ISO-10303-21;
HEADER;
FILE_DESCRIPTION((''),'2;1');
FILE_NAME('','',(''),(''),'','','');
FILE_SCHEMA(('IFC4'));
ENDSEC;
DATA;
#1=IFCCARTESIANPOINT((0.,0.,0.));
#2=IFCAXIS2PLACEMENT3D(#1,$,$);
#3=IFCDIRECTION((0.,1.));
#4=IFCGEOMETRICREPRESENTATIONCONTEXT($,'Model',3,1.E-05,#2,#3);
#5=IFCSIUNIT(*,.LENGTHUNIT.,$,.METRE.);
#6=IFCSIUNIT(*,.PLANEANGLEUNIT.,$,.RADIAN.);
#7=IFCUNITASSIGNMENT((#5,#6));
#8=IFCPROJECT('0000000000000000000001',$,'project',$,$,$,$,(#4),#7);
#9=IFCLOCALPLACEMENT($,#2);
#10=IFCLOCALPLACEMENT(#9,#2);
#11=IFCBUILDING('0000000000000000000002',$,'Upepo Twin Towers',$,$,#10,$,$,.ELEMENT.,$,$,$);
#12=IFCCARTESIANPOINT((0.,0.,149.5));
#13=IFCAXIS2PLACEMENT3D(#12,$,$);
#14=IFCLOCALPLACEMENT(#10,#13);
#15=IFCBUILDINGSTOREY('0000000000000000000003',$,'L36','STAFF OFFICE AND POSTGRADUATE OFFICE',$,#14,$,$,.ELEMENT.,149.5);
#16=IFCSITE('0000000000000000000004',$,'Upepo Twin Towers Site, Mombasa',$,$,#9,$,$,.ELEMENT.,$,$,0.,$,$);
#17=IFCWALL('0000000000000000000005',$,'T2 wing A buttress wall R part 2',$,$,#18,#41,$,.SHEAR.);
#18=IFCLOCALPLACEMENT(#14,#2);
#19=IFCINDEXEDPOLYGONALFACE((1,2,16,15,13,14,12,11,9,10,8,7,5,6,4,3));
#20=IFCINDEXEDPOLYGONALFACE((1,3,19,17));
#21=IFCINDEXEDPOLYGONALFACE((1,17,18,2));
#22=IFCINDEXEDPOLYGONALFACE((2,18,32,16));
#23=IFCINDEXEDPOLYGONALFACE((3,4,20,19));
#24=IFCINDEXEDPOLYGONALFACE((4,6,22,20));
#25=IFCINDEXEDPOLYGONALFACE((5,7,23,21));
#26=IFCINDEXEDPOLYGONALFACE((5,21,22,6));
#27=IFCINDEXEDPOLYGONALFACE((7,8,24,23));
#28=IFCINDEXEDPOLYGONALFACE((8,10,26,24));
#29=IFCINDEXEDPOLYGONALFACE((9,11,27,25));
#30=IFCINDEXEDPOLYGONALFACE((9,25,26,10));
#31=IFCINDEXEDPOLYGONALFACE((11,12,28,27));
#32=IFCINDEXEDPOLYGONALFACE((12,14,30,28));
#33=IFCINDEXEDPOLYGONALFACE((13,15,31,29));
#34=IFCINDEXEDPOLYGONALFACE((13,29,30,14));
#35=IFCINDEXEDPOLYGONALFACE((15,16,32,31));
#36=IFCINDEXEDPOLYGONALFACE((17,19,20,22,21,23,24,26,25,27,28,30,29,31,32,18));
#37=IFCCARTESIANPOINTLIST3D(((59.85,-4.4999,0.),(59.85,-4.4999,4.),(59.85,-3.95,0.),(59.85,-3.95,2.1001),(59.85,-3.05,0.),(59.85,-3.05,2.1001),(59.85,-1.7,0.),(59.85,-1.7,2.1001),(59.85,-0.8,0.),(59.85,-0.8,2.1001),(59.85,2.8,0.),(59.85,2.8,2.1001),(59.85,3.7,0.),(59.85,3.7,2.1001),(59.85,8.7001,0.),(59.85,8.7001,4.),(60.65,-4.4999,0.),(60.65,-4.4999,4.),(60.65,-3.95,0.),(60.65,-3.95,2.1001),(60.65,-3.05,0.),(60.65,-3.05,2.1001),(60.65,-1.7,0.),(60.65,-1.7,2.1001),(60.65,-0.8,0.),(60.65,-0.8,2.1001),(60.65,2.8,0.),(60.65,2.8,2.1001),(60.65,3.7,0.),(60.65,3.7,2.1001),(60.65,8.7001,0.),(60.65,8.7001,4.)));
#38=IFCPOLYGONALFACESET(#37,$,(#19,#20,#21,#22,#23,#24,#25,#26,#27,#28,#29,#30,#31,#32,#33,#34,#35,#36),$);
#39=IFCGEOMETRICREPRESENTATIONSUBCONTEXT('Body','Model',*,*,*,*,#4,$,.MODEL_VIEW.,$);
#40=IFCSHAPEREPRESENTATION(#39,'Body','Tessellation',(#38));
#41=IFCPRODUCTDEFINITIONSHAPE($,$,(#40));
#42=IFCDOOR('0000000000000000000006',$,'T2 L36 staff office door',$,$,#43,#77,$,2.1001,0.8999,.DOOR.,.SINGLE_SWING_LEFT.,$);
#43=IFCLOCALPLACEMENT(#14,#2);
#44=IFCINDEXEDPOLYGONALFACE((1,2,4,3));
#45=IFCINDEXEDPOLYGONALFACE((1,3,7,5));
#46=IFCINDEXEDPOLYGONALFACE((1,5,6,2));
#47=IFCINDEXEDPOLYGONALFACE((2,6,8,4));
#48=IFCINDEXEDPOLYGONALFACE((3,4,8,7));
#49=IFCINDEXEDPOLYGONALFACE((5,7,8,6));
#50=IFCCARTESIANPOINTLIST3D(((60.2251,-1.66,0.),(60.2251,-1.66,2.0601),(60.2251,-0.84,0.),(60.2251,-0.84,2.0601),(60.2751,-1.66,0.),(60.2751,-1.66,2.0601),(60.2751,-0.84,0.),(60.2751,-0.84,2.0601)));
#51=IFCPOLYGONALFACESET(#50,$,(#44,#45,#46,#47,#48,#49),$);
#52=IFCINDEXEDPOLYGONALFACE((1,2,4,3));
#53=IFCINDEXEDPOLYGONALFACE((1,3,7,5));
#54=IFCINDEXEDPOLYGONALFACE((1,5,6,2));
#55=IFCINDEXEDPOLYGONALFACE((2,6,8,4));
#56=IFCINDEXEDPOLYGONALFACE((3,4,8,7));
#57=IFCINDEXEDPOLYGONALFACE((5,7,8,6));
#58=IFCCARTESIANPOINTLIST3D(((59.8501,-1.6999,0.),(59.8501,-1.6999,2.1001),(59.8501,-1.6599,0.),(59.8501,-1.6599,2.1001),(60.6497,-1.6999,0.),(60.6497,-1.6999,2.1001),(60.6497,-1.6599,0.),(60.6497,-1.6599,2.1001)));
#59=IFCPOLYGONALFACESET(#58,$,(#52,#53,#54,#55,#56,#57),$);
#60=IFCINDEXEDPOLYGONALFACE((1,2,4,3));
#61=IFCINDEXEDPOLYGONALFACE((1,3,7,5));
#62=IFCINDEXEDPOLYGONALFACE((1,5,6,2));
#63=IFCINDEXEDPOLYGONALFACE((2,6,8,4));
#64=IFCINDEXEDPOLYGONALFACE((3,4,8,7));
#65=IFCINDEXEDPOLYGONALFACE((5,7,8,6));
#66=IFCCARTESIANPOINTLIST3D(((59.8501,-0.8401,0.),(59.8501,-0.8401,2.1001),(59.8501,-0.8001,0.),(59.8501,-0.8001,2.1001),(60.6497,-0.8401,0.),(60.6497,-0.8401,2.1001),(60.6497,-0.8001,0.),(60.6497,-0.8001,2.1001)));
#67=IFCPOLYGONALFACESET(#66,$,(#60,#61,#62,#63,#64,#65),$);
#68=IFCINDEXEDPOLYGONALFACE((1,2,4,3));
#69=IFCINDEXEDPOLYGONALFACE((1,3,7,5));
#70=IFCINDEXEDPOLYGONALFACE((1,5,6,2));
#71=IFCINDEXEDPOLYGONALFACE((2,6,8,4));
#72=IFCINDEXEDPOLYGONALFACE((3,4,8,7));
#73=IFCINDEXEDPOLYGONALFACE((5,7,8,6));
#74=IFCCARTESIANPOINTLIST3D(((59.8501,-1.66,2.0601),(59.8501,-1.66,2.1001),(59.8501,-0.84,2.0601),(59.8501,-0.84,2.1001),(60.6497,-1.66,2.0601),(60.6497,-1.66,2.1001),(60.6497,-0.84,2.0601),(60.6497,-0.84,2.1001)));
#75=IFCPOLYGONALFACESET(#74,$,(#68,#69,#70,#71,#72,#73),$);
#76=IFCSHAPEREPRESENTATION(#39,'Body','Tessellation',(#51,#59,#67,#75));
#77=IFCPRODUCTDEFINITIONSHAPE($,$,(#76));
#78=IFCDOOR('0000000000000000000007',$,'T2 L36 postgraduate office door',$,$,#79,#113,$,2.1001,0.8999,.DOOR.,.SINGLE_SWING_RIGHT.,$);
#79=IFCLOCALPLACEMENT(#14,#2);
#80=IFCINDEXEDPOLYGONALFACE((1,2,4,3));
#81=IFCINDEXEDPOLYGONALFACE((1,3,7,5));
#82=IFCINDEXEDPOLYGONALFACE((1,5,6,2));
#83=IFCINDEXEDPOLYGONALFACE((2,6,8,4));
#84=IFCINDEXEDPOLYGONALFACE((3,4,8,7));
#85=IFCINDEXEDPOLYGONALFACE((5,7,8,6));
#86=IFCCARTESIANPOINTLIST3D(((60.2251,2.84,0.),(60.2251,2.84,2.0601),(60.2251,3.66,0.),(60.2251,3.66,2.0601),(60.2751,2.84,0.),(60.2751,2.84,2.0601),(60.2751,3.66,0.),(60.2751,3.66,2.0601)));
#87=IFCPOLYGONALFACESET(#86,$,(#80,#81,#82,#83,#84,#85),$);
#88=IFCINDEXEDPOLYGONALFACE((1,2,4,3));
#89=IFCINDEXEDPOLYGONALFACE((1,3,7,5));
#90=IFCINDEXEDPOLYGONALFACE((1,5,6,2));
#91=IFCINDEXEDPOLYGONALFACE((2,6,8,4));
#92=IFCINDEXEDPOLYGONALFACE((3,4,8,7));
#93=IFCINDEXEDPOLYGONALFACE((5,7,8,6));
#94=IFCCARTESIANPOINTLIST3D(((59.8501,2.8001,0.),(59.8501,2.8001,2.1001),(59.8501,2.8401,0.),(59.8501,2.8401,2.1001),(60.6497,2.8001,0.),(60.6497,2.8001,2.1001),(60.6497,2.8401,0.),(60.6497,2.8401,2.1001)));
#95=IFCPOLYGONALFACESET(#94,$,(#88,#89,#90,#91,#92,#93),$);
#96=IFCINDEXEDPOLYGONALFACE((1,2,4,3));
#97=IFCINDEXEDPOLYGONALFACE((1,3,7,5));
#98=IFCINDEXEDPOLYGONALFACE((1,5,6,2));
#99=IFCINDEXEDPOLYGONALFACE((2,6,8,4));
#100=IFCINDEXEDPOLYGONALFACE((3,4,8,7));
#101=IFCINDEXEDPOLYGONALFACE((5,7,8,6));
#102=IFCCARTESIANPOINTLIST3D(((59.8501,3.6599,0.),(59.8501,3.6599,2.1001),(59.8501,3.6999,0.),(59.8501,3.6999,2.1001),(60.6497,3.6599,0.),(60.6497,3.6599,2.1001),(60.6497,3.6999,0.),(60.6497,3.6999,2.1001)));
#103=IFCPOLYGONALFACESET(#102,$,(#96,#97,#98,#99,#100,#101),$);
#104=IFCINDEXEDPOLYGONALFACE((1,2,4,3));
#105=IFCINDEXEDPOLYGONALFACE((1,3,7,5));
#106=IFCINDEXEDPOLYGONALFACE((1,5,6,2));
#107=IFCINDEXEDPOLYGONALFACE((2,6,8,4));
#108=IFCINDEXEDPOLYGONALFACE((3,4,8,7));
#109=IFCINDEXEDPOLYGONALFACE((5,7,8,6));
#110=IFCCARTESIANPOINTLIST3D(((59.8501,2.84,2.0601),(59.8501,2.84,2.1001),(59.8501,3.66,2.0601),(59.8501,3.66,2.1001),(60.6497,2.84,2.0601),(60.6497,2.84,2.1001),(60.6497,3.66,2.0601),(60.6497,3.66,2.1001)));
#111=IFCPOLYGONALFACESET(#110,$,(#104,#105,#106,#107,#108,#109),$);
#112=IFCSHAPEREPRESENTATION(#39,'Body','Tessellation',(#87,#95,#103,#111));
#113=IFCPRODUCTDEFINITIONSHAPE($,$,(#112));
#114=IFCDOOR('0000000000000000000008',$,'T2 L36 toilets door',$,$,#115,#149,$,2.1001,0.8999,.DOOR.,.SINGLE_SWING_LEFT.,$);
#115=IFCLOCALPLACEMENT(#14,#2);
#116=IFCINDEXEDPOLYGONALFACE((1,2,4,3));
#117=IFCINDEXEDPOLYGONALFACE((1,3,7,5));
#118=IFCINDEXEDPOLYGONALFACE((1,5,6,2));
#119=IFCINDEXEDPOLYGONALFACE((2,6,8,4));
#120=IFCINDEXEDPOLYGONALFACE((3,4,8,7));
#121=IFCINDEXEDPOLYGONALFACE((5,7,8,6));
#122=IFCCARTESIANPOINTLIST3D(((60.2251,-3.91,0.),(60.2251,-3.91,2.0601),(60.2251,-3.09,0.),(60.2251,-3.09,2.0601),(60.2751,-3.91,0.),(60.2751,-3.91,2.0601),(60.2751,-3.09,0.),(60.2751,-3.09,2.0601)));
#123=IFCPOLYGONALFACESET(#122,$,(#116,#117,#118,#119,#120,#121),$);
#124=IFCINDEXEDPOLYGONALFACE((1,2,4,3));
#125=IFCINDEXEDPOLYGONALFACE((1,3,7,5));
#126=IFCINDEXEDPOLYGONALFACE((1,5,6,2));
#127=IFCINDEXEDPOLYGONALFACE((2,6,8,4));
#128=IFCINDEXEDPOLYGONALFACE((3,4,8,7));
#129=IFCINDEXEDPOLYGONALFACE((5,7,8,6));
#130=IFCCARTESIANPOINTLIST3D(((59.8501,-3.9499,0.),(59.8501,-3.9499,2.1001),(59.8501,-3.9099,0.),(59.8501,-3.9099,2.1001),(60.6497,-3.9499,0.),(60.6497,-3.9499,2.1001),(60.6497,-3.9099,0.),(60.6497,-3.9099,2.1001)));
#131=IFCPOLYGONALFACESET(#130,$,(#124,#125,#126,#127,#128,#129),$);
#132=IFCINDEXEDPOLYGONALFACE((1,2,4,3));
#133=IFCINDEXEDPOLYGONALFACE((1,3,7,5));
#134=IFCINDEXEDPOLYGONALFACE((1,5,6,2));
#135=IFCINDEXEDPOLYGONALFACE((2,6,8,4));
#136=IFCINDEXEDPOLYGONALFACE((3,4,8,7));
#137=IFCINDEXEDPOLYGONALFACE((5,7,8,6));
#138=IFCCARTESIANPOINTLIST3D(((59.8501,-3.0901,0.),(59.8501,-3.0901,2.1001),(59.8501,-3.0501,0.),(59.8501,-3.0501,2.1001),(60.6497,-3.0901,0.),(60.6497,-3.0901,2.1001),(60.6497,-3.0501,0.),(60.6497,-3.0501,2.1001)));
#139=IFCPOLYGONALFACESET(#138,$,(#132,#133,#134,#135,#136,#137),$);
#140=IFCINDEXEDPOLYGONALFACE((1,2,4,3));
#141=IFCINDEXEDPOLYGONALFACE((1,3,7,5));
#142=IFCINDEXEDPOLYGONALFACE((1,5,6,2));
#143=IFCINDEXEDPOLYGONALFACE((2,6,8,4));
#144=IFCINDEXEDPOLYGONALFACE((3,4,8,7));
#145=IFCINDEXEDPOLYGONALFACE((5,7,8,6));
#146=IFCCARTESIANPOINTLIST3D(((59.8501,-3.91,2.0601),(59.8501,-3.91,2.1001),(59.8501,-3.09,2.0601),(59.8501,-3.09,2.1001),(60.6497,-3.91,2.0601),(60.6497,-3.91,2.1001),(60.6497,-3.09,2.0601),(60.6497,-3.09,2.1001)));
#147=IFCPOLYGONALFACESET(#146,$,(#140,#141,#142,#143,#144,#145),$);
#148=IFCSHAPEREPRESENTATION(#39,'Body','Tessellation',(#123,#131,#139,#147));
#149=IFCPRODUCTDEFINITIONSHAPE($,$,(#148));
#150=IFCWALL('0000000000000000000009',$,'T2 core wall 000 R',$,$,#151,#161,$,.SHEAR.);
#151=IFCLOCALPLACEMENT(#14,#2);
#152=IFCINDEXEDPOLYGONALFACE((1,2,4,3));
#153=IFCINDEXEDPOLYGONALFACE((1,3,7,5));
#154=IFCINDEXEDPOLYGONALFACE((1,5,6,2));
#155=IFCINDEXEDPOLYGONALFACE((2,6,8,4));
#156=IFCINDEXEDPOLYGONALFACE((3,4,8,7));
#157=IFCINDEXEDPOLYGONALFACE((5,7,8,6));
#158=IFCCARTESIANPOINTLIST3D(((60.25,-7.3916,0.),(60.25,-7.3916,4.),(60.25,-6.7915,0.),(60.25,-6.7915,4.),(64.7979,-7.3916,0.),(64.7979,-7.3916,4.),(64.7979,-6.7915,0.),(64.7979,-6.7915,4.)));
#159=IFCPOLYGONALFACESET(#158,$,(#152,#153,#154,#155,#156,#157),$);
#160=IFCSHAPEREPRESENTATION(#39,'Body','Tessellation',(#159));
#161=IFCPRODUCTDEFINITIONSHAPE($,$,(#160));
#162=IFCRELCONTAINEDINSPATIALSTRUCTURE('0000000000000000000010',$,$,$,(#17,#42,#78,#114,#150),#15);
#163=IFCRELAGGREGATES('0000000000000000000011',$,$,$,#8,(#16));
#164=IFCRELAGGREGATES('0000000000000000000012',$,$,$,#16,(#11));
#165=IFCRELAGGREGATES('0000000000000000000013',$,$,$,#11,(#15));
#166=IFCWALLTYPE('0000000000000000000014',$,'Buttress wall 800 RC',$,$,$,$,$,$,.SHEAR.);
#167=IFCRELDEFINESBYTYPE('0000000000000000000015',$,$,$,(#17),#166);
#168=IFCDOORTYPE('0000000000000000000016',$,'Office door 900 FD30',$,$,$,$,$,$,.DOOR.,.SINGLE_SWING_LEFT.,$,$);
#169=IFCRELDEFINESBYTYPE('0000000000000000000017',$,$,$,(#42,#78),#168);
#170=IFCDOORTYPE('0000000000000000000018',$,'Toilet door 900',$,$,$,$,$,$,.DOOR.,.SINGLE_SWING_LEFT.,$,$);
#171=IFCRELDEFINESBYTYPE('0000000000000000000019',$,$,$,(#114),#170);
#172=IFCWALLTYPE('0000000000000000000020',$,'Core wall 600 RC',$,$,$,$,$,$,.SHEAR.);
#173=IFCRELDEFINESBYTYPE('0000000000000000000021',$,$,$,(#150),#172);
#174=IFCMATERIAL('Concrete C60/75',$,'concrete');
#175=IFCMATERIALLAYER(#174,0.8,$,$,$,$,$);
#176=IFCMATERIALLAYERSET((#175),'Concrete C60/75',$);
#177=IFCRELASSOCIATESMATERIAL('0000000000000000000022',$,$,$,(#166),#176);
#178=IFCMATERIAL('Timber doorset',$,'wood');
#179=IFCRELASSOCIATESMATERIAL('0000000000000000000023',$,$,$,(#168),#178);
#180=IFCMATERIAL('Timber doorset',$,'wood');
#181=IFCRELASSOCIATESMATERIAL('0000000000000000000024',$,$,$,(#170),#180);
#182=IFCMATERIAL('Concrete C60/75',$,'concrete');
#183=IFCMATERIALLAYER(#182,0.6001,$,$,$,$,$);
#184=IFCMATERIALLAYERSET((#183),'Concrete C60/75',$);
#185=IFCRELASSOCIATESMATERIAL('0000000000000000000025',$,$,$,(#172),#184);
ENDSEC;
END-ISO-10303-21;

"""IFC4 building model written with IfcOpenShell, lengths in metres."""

from ifc_helpers import new_model, si_unit, direction, frame, frame_2d, origin, place, context, subcontext, project, spatial, rectangle, extrude, material, layer, layer_set, type_object, element, fill, save


model = new_model("IFC4")

# Units and contexts
model_context = context("Model", 3, precision=1e-05, world=origin(), true_north=direction((0.0, 1.0)))
body_context = subcontext(model_context, "Body", "Model", "MODEL_VIEW")
ifc_project = project(units=[si_unit("LENGTHUNIT", "METRE"), si_unit("PLANEANGLEUNIT", "RADIAN")], contexts=[model_context])

# Site, building, storey
site_placement = place(None, origin())
site = spatial("IfcSite", under=ifc_project, at=site_placement, Name="Upepo Twin Towers Site, Mombasa", CompositionType="ELEMENT", RefElevation=0.0)
building_placement = place(site_placement, origin())
building = spatial("IfcBuilding", under=site, at=building_placement, Name="Upepo Twin Towers", CompositionType="ELEMENT")
storey_placement = place(building_placement, frame((0.0, 0.0, 149.5)))
storey = spatial("IfcBuildingStorey", under=building, at=storey_placement, Name="L36", Description="STAFF OFFICE AND POSTGRADUATE OFFICE", CompositionType="ELEMENT", Elevation=149.5)

# Wall, openings, doors
ifc_material_1 = material(Name="Concrete C60/75", Category="concrete")
ifc_layer_1 = layer(ifc_material_1, 0.8)
ifc_layer_set_1 = layer_set([ifc_layer_1], Name="Concrete C60/75")
wall_type_1 = type_object("IfcWallType", Name="Buttress wall 800 RC", PredefinedType="SHEAR", material=ifc_layer_set_1)
ifc_material_2 = material(Name="Timber doorset", Category="wood")
door_type_1 = type_object("IfcDoorType", Name="Office door 900 FD30", OperationType="SINGLE_SWING_LEFT", PredefinedType="DOOR", material=ifc_material_2)
ifc_material_3 = material(Name="Timber doorset", Category="wood")
door_type_2 = type_object("IfcDoorType", Name="Toilet door 900", OperationType="SINGLE_SWING_LEFT", PredefinedType="DOOR", material=ifc_material_3)
wall_1_placement = place(storey_placement, frame((60.25, -4.5, 0.0), z_axis=(0.0, 0.0, 1.0), x_axis=(0.0, 1.0, 0.0)))
wall_1 = element("IfcWall", 1, at=wall_1_placement, inside=storey, type_object=wall_type_1, Name="T2 wing A buttress wall R part 2", PredefinedType="SHEAR", context=body_context, shape_type="SweptSolid", body=[
    extrude(rectangle(XDim=13.2, YDim=0.8, at=frame_2d((6.6001, 0.0))), origin(), (0.0, 0.0, 1.0), 4.0),
])
opening_1_placement = place(wall_1_placement, frame((0.55, 0.0, 0.0)))
opening_1 = element("IfcOpeningElement", 2, at=opening_1_placement, cuts=wall_1, PredefinedType="OPENING", context=body_context, shape_type="SweptSolid", body=[
    extrude(rectangle(XDim=0.8999, YDim=2.1001, at=frame_2d((0.45, 1.05))), frame((0.0, 0.4099, 0.0), z_axis=(0.0, -1.0, 0.0), x_axis=(1.0, 0.0, 0.0)), (0.0, 0.0, 1.0), 0.8201),
])
opening_2_placement = place(wall_1_placement, frame((2.8, 0.0, 0.0)))
opening_2 = element("IfcOpeningElement", 3, at=opening_2_placement, cuts=wall_1, PredefinedType="OPENING", context=body_context, shape_type="SweptSolid", body=[
    extrude(rectangle(XDim=0.8999, YDim=2.1001, at=frame_2d((0.45, 1.05))), frame((0.0, 0.4099, 0.0), z_axis=(0.0, -1.0, 0.0), x_axis=(1.0, 0.0, 0.0)), (0.0, 0.0, 1.0), 0.8201),
])
opening_3_placement = place(wall_1_placement, frame((7.3, 0.0, 0.0)))
opening_3 = element("IfcOpeningElement", 4, at=opening_3_placement, cuts=wall_1, PredefinedType="OPENING", context=body_context, shape_type="SweptSolid", body=[
    extrude(rectangle(XDim=0.8999, YDim=2.1001, at=frame_2d((0.45, 1.05))), frame((0.0, 0.4099, 0.0), z_axis=(0.0, -1.0, 0.0), x_axis=(1.0, 0.0, 0.0)), (0.0, 0.0, 1.0), 0.8201),
])
door_1_placement = place(opening_2_placement, origin())
door_1 = element("IfcDoor", 5, at=door_1_placement, inside=storey, type_object=door_type_1, Name="T2 L36 staff office door", OperationType="SINGLE_SWING_LEFT", OverallHeight=2.1001, OverallWidth=0.8999, PredefinedType="DOOR", context=body_context, shape_type="SweptSolid", body=[
    extrude(rectangle(XDim=0.8199, YDim=2.0601, at=frame_2d((0.45, 1.03))), frame((0.0, 0.0249, 0.0), z_axis=(0.0, -1.0, 0.0), x_axis=(1.0, 0.0, 0.0)), (0.0, 0.0, 1.0), 0.05),
    extrude(rectangle(XDim=0.04, YDim=2.1001, at=frame_2d((0.02, 1.05))), frame((0.0, 0.3999, 0.0), z_axis=(0.0, -1.0, 0.0), x_axis=(1.0, 0.0, 0.0)), (0.0, 0.0, 1.0), 0.7996),
    extrude(rectangle(XDim=0.04, YDim=2.1001, at=frame_2d((0.8799, 1.05))), frame((0.0, 0.3999, 0.0), z_axis=(0.0, -1.0, 0.0), x_axis=(1.0, 0.0, 0.0)), (0.0, 0.0, 1.0), 0.7996),
    extrude(rectangle(XDim=0.8199, YDim=0.04, at=frame_2d((0.45, 2.0801))), frame((0.0, 0.3999, 0.0), z_axis=(0.0, -1.0, 0.0), x_axis=(1.0, 0.0, 0.0)), (0.0, 0.0, 1.0), 0.7996),
])
fill(opening_2, door_1)
door_2_placement = place(opening_3_placement, origin())
door_2 = element("IfcDoor", 6, at=door_2_placement, inside=storey, type_object=door_type_1, Name="T2 L36 postgraduate office door", OperationType="SINGLE_SWING_RIGHT", OverallHeight=2.1001, OverallWidth=0.8999, PredefinedType="DOOR", context=body_context, shape_type="SweptSolid", body=[
    extrude(rectangle(XDim=0.8199, YDim=2.0601, at=frame_2d((0.45, 1.03))), frame((0.0, 0.0249, 0.0), z_axis=(0.0, -1.0, 0.0), x_axis=(1.0, 0.0, 0.0)), (0.0, 0.0, 1.0), 0.05),
    extrude(rectangle(XDim=0.04, YDim=2.1001, at=frame_2d((0.02, 1.05))), frame((0.0, 0.3999, 0.0), z_axis=(0.0, -1.0, 0.0), x_axis=(1.0, 0.0, 0.0)), (0.0, 0.0, 1.0), 0.7996),
    extrude(rectangle(XDim=0.04, YDim=2.1001, at=frame_2d((0.8799, 1.05))), frame((0.0, 0.3999, 0.0), z_axis=(0.0, -1.0, 0.0), x_axis=(1.0, 0.0, 0.0)), (0.0, 0.0, 1.0), 0.7996),
    extrude(rectangle(XDim=0.8199, YDim=0.04, at=frame_2d((0.45, 2.0801))), frame((0.0, 0.3999, 0.0), z_axis=(0.0, -1.0, 0.0), x_axis=(1.0, 0.0, 0.0)), (0.0, 0.0, 1.0), 0.7996),
])
fill(opening_3, door_2)
door_3_placement = place(opening_1_placement, origin())
door_3 = element("IfcDoor", 7, at=door_3_placement, inside=storey, type_object=door_type_2, Name="T2 L36 toilets door", OperationType="SINGLE_SWING_LEFT", OverallHeight=2.1001, OverallWidth=0.8999, PredefinedType="DOOR", context=body_context, shape_type="SweptSolid", body=[
    extrude(rectangle(XDim=0.8199, YDim=2.0601, at=frame_2d((0.45, 1.03))), frame((0.0, 0.0249, 0.0), z_axis=(0.0, -1.0, 0.0), x_axis=(1.0, 0.0, 0.0)), (0.0, 0.0, 1.0), 0.05),
    extrude(rectangle(XDim=0.04, YDim=2.1001, at=frame_2d((0.02, 1.05))), frame((0.0, 0.3999, 0.0), z_axis=(0.0, -1.0, 0.0), x_axis=(1.0, 0.0, 0.0)), (0.0, 0.0, 1.0), 0.7996),
    extrude(rectangle(XDim=0.04, YDim=2.1001, at=frame_2d((0.8799, 1.05))), frame((0.0, 0.3999, 0.0), z_axis=(0.0, -1.0, 0.0), x_axis=(1.0, 0.0, 0.0)), (0.0, 0.0, 1.0), 0.7996),
    extrude(rectangle(XDim=0.8199, YDim=0.04, at=frame_2d((0.45, 2.0801))), frame((0.0, 0.3999, 0.0), z_axis=(0.0, -1.0, 0.0), x_axis=(1.0, 0.0, 0.0)), (0.0, 0.0, 1.0), 0.7996),
])
fill(opening_1, door_3)

# Wall
ifc_material_4 = material(Name="Concrete C60/75", Category="concrete")
ifc_layer_2 = layer(ifc_material_4, 0.6001)
ifc_layer_set_2 = layer_set([ifc_layer_2], Name="Concrete C60/75")
wall_type_2 = type_object("IfcWallType", Name="Core wall 600 RC", PredefinedType="SHEAR", material=ifc_layer_set_2)
wall_2_placement = place(storey_placement, frame((64.7979, -7.0916, 0.0), z_axis=(0.0, 0.0, 1.0), x_axis=(-1.0, 0.0, 0.0)))
element("IfcWall", 8, at=wall_2_placement, inside=storey, type_object=wall_type_2, Name="T2 core wall 000 R", PredefinedType="SHEAR", context=body_context, shape_type="SweptSolid", body=[
    extrude(rectangle(XDim=4.5479, YDim=0.6001, at=frame_2d((2.2739, 0.0))), origin(), (0.0, 0.0, 1.0), 4.0),
])

save(model, "model.ifc")
